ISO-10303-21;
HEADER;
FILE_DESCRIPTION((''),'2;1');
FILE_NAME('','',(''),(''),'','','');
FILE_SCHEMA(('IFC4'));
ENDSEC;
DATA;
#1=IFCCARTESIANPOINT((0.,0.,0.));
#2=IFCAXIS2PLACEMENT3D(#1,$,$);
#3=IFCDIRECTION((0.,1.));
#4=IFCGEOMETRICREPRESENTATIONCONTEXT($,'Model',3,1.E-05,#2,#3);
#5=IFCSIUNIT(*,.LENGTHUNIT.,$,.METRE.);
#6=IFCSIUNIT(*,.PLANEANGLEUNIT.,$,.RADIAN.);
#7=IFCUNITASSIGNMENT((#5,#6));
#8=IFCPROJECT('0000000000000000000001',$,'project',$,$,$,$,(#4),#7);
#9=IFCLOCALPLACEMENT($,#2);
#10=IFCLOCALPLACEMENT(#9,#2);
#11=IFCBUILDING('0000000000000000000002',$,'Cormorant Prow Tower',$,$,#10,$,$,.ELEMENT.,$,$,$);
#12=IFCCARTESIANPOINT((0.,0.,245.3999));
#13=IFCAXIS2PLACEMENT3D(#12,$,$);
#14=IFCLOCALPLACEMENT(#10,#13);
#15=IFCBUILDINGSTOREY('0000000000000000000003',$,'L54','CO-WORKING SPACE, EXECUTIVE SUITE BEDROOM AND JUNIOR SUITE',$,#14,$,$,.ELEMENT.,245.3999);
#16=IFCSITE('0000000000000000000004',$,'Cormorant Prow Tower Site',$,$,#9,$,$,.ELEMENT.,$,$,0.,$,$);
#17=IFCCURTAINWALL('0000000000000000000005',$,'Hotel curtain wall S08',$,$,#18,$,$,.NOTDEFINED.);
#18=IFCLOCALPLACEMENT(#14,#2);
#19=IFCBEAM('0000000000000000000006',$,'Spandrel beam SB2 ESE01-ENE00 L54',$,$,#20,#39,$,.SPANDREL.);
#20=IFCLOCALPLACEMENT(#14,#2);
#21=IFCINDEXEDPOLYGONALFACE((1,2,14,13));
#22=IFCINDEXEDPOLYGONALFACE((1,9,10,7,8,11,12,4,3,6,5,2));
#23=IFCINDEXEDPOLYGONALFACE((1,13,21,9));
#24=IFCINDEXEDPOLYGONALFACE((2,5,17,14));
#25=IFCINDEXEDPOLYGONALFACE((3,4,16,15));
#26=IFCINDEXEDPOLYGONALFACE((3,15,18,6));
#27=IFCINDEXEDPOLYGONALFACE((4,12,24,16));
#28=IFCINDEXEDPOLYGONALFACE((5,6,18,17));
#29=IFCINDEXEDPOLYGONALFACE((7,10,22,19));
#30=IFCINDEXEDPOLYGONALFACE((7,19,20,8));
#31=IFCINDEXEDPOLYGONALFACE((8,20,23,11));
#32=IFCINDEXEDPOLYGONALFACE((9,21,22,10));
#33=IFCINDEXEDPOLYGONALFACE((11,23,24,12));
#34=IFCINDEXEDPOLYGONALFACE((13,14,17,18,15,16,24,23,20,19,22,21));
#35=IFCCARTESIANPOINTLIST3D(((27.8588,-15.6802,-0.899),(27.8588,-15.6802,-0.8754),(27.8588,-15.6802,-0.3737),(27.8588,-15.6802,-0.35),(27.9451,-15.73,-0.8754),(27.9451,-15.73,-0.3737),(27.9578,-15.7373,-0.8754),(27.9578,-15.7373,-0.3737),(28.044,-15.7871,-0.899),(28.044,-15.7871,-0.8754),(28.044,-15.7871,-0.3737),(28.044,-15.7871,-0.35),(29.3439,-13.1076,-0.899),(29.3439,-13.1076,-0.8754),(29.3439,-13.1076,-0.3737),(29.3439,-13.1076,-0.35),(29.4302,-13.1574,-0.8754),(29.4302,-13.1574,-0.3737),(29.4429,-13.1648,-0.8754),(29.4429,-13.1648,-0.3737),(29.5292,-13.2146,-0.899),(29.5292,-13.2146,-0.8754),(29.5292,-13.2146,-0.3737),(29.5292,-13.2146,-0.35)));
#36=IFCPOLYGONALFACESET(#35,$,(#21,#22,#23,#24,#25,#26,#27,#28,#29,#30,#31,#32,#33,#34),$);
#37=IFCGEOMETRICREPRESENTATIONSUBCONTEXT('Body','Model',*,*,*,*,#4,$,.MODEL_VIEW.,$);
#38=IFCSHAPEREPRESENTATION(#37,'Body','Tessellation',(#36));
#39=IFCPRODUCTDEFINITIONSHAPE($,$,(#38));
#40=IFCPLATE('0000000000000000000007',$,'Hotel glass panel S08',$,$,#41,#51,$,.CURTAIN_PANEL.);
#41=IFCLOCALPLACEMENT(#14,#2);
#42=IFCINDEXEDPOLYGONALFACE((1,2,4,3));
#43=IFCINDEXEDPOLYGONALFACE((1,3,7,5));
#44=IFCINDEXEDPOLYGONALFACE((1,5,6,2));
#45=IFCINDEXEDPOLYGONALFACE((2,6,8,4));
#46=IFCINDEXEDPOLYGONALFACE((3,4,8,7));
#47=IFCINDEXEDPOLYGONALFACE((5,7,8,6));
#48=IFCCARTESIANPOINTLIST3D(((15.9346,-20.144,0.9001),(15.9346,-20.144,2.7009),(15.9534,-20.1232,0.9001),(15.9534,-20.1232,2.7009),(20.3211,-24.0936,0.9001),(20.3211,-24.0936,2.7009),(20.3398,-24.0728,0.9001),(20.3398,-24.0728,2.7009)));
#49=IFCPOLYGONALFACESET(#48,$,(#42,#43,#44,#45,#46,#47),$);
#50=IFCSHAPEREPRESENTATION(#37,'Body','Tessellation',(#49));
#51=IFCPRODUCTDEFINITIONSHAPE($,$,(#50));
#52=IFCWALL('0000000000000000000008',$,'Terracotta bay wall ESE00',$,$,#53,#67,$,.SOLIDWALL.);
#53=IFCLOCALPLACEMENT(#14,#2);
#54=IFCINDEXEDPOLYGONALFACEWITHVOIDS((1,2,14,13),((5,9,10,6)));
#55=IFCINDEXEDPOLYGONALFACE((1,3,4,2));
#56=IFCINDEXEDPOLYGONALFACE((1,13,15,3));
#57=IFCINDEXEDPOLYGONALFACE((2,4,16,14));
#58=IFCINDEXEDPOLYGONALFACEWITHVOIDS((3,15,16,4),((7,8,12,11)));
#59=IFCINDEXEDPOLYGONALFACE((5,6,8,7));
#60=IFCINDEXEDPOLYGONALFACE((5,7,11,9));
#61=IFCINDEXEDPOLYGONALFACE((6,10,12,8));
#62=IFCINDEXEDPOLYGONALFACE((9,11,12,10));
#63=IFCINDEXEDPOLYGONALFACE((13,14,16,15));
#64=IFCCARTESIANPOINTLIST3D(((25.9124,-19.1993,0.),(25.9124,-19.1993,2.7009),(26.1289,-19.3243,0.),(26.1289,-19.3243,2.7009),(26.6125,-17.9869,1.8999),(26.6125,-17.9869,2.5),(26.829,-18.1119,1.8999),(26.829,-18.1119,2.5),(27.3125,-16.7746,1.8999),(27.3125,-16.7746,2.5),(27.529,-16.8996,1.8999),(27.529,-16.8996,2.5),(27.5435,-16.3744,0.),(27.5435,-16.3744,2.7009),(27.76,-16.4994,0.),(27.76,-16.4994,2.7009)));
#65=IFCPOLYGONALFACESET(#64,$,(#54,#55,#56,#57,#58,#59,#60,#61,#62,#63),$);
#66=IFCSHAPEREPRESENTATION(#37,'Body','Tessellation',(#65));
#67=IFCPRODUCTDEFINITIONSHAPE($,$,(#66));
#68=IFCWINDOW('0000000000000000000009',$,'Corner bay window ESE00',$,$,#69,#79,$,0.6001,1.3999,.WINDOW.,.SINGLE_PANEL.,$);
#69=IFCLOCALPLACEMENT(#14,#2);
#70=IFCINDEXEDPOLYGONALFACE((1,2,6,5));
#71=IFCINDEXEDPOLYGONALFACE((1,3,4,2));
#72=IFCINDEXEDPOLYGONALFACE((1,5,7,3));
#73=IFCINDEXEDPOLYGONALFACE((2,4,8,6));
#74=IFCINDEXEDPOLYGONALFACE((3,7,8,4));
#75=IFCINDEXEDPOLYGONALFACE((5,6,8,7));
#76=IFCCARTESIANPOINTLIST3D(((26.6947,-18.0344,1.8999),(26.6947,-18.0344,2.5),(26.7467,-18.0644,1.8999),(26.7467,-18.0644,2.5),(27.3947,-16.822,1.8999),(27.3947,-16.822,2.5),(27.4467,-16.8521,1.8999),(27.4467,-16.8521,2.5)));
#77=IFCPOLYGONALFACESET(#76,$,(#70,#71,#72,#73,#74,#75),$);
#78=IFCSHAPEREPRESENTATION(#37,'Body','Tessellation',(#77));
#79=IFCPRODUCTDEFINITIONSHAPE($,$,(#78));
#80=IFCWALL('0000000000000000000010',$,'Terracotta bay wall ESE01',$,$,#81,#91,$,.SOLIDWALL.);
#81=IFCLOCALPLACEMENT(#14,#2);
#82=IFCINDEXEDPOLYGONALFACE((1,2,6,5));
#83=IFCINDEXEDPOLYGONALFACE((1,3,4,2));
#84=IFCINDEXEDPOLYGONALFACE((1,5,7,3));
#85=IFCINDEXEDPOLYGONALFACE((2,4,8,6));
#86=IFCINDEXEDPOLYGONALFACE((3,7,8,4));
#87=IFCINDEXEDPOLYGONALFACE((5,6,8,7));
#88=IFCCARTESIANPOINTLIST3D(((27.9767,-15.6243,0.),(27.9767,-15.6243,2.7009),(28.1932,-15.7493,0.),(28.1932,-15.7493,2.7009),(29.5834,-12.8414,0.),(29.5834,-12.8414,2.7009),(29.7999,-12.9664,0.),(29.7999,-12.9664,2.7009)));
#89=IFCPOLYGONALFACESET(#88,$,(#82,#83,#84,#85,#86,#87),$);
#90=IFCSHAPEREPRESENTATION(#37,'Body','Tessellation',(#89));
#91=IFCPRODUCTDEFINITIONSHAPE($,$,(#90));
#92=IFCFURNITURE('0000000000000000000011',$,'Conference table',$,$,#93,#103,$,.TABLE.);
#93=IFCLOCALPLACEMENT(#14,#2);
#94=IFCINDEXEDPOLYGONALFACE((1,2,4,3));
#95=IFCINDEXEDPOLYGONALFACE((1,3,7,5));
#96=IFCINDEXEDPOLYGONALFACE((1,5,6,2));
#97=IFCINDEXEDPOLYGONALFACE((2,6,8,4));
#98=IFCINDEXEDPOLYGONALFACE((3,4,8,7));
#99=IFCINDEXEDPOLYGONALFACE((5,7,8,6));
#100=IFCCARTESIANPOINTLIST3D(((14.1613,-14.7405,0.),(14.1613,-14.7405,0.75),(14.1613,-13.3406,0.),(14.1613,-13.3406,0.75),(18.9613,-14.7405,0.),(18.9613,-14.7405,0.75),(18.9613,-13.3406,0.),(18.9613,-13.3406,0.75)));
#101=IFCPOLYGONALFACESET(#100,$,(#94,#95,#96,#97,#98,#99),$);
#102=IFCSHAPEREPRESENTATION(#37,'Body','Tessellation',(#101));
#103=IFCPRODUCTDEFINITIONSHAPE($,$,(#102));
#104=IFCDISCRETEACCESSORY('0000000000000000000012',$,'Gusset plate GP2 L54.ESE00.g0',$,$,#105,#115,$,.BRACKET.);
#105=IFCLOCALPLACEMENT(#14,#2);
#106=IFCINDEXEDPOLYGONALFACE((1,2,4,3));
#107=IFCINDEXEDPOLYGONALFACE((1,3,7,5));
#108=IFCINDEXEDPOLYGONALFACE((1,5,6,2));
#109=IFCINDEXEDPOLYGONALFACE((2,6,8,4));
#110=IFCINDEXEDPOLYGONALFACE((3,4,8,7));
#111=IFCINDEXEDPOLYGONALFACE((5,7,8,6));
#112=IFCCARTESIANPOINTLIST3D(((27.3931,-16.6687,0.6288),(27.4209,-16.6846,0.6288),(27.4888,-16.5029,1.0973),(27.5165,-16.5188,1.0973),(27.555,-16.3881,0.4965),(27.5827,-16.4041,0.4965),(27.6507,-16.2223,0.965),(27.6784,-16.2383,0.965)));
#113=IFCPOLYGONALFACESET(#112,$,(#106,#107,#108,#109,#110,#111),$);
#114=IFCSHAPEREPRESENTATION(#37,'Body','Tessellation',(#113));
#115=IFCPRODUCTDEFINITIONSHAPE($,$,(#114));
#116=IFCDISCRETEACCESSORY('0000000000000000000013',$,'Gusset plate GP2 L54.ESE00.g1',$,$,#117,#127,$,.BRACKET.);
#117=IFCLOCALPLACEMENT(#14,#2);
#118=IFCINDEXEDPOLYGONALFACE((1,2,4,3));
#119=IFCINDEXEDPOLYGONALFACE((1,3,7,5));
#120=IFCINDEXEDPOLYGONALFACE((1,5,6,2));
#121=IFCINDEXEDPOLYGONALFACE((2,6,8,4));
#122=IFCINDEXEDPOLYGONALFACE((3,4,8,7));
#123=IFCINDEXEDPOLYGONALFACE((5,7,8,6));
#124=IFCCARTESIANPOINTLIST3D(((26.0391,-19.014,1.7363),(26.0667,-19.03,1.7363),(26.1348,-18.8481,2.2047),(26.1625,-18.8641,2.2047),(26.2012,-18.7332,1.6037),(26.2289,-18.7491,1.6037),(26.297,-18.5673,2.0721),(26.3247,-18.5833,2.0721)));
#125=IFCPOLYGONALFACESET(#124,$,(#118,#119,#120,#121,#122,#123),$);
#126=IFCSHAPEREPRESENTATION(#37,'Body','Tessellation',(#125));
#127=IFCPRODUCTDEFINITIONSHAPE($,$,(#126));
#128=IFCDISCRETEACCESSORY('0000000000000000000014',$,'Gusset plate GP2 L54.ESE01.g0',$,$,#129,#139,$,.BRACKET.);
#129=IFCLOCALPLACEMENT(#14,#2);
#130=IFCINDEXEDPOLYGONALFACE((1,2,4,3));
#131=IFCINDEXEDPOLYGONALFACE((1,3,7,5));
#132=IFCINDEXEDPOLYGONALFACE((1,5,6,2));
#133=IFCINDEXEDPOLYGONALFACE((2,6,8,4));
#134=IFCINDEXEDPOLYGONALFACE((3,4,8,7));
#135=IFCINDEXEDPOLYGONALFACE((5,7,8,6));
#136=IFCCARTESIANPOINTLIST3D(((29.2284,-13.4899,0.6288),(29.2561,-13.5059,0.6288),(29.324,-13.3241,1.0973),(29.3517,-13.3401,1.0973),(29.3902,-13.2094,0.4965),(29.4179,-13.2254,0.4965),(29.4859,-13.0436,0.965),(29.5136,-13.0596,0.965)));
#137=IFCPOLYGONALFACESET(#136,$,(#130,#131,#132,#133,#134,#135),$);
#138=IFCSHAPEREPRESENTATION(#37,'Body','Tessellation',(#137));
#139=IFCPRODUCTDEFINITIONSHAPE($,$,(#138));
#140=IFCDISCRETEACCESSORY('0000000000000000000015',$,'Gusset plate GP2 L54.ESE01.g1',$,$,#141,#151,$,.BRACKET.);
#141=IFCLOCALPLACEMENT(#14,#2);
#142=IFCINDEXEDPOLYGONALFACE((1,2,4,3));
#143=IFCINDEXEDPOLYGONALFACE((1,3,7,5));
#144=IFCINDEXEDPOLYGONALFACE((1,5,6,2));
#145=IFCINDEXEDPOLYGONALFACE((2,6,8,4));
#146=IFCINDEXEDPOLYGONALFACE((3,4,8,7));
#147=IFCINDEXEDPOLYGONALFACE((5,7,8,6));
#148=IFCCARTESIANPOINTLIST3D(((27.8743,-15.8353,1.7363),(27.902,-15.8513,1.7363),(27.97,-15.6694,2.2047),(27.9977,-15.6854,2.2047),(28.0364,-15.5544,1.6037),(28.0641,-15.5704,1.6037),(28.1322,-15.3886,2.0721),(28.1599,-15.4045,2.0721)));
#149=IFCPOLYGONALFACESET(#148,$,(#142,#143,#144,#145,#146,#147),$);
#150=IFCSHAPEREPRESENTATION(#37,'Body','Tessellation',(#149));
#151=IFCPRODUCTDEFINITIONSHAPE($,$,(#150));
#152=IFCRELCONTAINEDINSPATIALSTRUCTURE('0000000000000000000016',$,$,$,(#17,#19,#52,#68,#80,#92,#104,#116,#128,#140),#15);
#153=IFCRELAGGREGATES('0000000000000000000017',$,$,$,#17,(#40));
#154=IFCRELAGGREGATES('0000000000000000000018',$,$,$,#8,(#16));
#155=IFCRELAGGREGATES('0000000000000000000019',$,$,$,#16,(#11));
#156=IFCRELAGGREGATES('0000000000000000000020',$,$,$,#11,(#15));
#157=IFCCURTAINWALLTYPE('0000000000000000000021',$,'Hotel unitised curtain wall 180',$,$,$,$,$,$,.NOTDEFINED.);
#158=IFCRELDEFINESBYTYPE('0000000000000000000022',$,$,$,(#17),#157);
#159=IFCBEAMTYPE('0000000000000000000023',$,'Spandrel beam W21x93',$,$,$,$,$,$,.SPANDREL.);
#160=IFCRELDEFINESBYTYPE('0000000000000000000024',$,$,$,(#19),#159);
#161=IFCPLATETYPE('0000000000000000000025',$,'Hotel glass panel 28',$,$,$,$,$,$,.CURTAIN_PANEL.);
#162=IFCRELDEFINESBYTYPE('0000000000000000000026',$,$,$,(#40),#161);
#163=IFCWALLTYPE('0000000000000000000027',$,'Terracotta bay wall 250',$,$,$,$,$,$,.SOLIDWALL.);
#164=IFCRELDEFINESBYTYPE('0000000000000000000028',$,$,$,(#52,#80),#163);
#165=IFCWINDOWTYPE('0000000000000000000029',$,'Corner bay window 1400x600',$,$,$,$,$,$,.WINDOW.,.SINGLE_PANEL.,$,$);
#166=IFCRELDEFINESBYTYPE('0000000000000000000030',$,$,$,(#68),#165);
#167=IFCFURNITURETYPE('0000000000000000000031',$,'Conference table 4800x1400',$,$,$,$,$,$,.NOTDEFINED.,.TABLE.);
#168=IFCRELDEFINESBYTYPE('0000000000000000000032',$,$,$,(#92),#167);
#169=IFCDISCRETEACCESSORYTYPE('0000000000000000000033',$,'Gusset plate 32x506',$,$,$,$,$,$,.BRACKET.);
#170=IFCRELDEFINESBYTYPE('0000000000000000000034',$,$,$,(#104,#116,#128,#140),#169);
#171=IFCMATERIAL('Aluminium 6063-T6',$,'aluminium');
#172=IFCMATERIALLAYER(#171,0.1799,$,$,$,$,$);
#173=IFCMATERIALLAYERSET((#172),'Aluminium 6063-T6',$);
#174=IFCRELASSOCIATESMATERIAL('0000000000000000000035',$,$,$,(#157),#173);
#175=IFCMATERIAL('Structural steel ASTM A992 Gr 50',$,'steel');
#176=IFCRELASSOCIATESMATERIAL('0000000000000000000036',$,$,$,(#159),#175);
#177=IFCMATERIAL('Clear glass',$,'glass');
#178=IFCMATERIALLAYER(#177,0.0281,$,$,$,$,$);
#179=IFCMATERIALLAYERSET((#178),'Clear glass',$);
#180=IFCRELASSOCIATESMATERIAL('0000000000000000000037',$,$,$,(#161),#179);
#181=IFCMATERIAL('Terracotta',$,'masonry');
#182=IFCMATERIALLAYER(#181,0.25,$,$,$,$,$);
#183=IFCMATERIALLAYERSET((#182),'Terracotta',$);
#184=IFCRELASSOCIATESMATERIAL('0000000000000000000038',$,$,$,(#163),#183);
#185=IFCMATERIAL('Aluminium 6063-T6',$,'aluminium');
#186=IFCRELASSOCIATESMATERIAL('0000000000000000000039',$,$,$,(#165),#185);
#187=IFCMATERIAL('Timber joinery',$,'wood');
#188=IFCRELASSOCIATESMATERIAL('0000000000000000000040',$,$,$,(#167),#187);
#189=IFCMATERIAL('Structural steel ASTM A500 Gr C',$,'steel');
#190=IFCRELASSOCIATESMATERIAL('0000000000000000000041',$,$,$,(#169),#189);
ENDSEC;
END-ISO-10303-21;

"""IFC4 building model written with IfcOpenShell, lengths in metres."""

from ifc_helpers import new_model, si_unit, direction, frame, frame_2d, origin, origin_2d, place, context, subcontext, project, spatial, rectangle, i_section, extrude, material, layer, layer_set, material_profile, profile_set, type_object, element, fill, aggregate, save


model = new_model("IFC4")

# Units and contexts
model_context = context("Model", 3, precision=1e-05, world=origin(), true_north=direction((0.0, 1.0)))
body_context = subcontext(model_context, "Body", "Model", "MODEL_VIEW")
ifc_project = project(units=[si_unit("LENGTHUNIT", "METRE"), si_unit("PLANEANGLEUNIT", "RADIAN")], contexts=[model_context])

# Site, building, storey
site_placement = place(None, origin())
site = spatial("IfcSite", under=ifc_project, at=site_placement, Name="Cormorant Prow Tower Site", CompositionType="ELEMENT", RefElevation=0.0)
building_placement = place(site_placement, origin())
building = spatial("IfcBuilding", under=site, at=building_placement, Name="Cormorant Prow Tower", CompositionType="ELEMENT")
storey_placement = place(building_placement, frame((0.0, 0.0, 245.3999)))
storey = spatial("IfcBuildingStorey", under=building, at=storey_placement, Name="L54", Description="CO-WORKING SPACE, EXECUTIVE SUITE BEDROOM AND JUNIOR SUITE", CompositionType="ELEMENT", Elevation=245.3999)

# Curtain wall
ifc_material_1 = material(Name="Aluminium 6063-T6", Category="aluminium")
ifc_layer_1 = layer(ifc_material_1, 0.1799)
ifc_layer_set_1 = layer_set([ifc_layer_1], Name="Aluminium 6063-T6")
curtain_wall_type = type_object("IfcCurtainWallType", Name="Hotel unitised curtain wall 180", PredefinedType="NOTDEFINED", material=ifc_layer_set_1)
curtain_wall_placement = place(storey_placement, origin())
curtain_wall = element("IfcCurtainWall", 1, at=curtain_wall_placement, inside=storey, type_object=curtain_wall_type, Name="Hotel curtain wall S08", PredefinedType="NOTDEFINED")

# Beam
ifc_material_2 = material(Name="Structural steel ASTM A992 Gr 50", Category="steel")
ifc_material_profile_1 = material_profile(ifc_material_2, i_section(OverallWidth=0.2139, OverallDepth=0.5491, WebThickness=0.0146, FlangeThickness=0.0237, at=origin_2d()), Name="W21x93")
ifc_profile_set_1 = profile_set([ifc_material_profile_1], Name="Structural steel ASTM A992 Gr 50")
beam_type = type_object("IfcBeamType", Name="Spandrel beam W21x93", PredefinedType="SPANDREL", material=ifc_profile_set_1)
for number, where, z_axis, x_axis, name in (
    (2, (27.9514, -15.7336, -0.6245), (0.499967, 0.866045, 0.0), (-0.866045, 0.499967, 0.0), "Spandrel beam SB2 ESE01-ENE00 L54"),
):
    element("IfcBeam", number, at=place(storey_placement, frame(where, z_axis=z_axis, x_axis=x_axis)), inside=storey, type_object=beam_type, Name=name, PredefinedType="SPANDREL", context=body_context, shape_type="SweptSolid", body=[
        extrude(i_section(OverallWidth=0.2139, OverallDepth=0.5491, WebThickness=0.0146, FlangeThickness=0.0237, at=origin_2d()), origin(), (0.0, 0.0, 1.0), 2.9705),
    ])

# Plate
ifc_material_3 = material(Name="Clear glass", Category="glass")
ifc_layer_2 = layer(ifc_material_3, 0.0281)
ifc_layer_set_2 = layer_set([ifc_layer_2], Name="Clear glass")
plate_type = type_object("IfcPlateType", Name="Hotel glass panel 28", PredefinedType="CURTAIN_PANEL", material=ifc_layer_set_2)
plate_placement = place(storey_placement, frame((18.1372, -22.1084, 0.9001), z_axis=(0.0, 0.0, 1.0), x_axis=(0.743145, -0.669131, 0.0)))
plate = element("IfcPlate", 3, at=plate_placement, type_object=plate_type, Name="Hotel glass panel S08", PredefinedType="CURTAIN_PANEL", context=body_context, shape_type="SweptSolid", body=[
    extrude(rectangle(XDim=5.9026, YDim=0.0281, at=origin_2d()), origin(), (0.0, 0.0, 1.0), 1.8008),
])
aggregate(curtain_wall, [plate])

# Wall, opening, window
ifc_material_4 = material(Name="Terracotta", Category="masonry")
ifc_layer_3 = layer(ifc_material_4, 0.25)
ifc_layer_set_3 = layer_set([ifc_layer_3], Name="Terracotta")
wall_type_1 = type_object("IfcWallType", Name="Terracotta bay wall 250", PredefinedType="SOLIDWALL", material=ifc_layer_set_3)
wall_1_placement = place(storey_placement, frame((26.0208, -19.2617, 0.0), z_axis=(0.0, 0.0, 1.0), x_axis=(0.500027, 0.86601, 0.0)))
wall_1 = element("IfcWall", 4, at=wall_1_placement, inside=storey, type_object=wall_type_1, Name="Terracotta bay wall ESE00", PredefinedType="SOLIDWALL", context=body_context, shape_type="SweptSolid", body=[
    extrude(rectangle(XDim=3.262, YDim=0.25, at=frame_2d((1.6309, 0.0))), origin(), (0.0, 0.0, 1.0), 2.7009),
])
opening_1_placement = place(wall_1_placement, frame((1.3999, 0.0, 1.8999)))
opening_1 = element("IfcOpeningElement", 5, at=opening_1_placement, cuts=wall_1, PredefinedType="OPENING", context=body_context, shape_type="SweptSolid", body=[
    extrude(rectangle(XDim=1.3999, YDim=0.6001, at=frame_2d((0.7, 0.3))), frame((0.0, 0.135, 0.0), z_axis=(0.0, -1.0, 0.0), x_axis=(1.0, 0.0, 0.0)), (0.0, 0.0, 1.0), 0.27),
])
ifc_material_5 = material(Name="Aluminium 6063-T6", Category="aluminium")
window_type = type_object("IfcWindowType", Name="Corner bay window 1400x600", PartitioningType="SINGLE_PANEL", PredefinedType="WINDOW", material=ifc_material_5)
window_placement = place(opening_1_placement, origin())
window = element("IfcWindow", 6, at=window_placement, inside=storey, type_object=window_type, Name="Corner bay window ESE00", OverallHeight=0.6001, OverallWidth=1.3999, PartitioningType="SINGLE_PANEL", PredefinedType="WINDOW", context=body_context, shape_type="SweptSolid", body=[
    extrude(rectangle(XDim=1.3999, YDim=0.6001, at=frame_2d((0.7, 0.3))), frame((0.0, 0.03, 0.0), z_axis=(0.0, -1.0, 0.0), x_axis=(1.0, 0.0, 0.0)), (0.0, 0.0, 1.0), 0.0601),
])
fill(opening_1, window)

# Wall
wall_2_placement = place(storey_placement, frame((28.085, -15.6868, 0.0), z_axis=(0.0, 0.0, 1.0), x_axis=(0.499988, 0.866033, 0.0)))
element("IfcWall", 7, at=wall_2_placement, inside=storey, type_object=wall_type_1, Name="Terracotta bay wall ESE01", PredefinedType="SOLIDWALL", context=body_context, shape_type="SweptSolid", body=[
    extrude(rectangle(XDim=3.2134, YDim=0.25, at=frame_2d((1.6067, 0.0))), origin(), (0.0, 0.0, 1.0), 2.7009),
])

# Furniture
ifc_material_6 = material(Name="Timber joinery", Category="wood")
furniture_type = type_object("IfcFurnitureType", Name="Conference table 4800x1400", AssemblyPlace="NOTDEFINED", PredefinedType="TABLE", material=ifc_material_6)
furniture_placement = place(storey_placement, frame((16.5613, -14.0405, 0.0), z_axis=(0.0, 0.0, 1.0), x_axis=(1.0, 0.0, 0.0)))
element("IfcFurniture", 8, at=furniture_placement, inside=storey, type_object=furniture_type, Name="Conference table", PredefinedType="TABLE", context=body_context, shape_type="SweptSolid", body=[
    extrude(rectangle(XDim=4.8, YDim=1.3999, at=origin_2d()), origin(), (0.0, 0.0, 1.0), 0.75),
])

# Discrete accessories
ifc_material_7 = material(Name="Structural steel ASTM A500 Gr C", Category="steel")
ifc_material_profile_2 = material_profile(ifc_material_7, rectangle(XDim=0.032, YDim=0.5061, at=origin_2d()), Name="Gusset plate 32x506")
ifc_profile_set_2 = profile_set([ifc_material_profile_2], Name="Structural steel ASTM A500 Gr C")
discrete_accessory_type = type_object("IfcDiscreteAccessoryType", Name="Gusset plate 32x506", PredefinedType="BRACKET", material=ifc_profile_set_2)
discrete_accessory_1_placement = place(storey_placement, frame((27.4548, -16.5938, 0.863), z_axis=(0.462661, 0.801806, -0.378223), x_axis=(-0.866148, 0.499788, 0.0)))
element("IfcDiscreteAccessory", 9, at=discrete_accessory_1_placement, inside=storey, type_object=discrete_accessory_type, Name="Gusset plate GP2 L54.ESE00.g0", PredefinedType="BRACKET", context=body_context, shape_type="SweptSolid", body=[
    extrude(rectangle(XDim=0.032, YDim=0.5061, at=origin_2d()), origin(), (0.0, 0.0, 1.0), 0.3499),
])
discrete_accessory_2_placement = place(storey_placement, frame((26.2629, -18.6582, 1.8379), z_axis=(-0.462828, -0.801584, 0.378487), x_axis=(0.86601, -0.500027, 0.0)))
element("IfcDiscreteAccessory", 10, at=discrete_accessory_2_placement, inside=storey, type_object=discrete_accessory_type, Name="Gusset plate GP2 L54.ESE00.g1", PredefinedType="BRACKET", context=body_context, shape_type="SweptSolid", body=[
    extrude(rectangle(XDim=0.032, YDim=0.5061, at=origin_2d()), origin(), (0.0, 0.0, 1.0), 0.3503),
])
discrete_accessory_3_placement = place(storey_placement, frame((29.29, -13.415, 0.863), z_axis=(0.462661, 0.801806, -0.378223), x_axis=(-0.866148, 0.499788, 0.0)))
element("IfcDiscreteAccessory", 11, at=discrete_accessory_3_placement, inside=storey, type_object=discrete_accessory_type, Name="Gusset plate GP2 L54.ESE01.g0", PredefinedType="BRACKET", context=body_context, shape_type="SweptSolid", body=[
    extrude(rectangle(XDim=0.032, YDim=0.5061, at=origin_2d()), origin(), (0.0, 0.0, 1.0), 0.3499),
])
discrete_accessory_4_placement = place(storey_placement, frame((28.0981, -15.4795, 1.8379), z_axis=(-0.462828, -0.801584, 0.378487), x_axis=(0.86601, -0.500027, 0.0)))
element("IfcDiscreteAccessory", 12, at=discrete_accessory_4_placement, inside=storey, type_object=discrete_accessory_type, Name="Gusset plate GP2 L54.ESE01.g1", PredefinedType="BRACKET", context=body_context, shape_type="SweptSolid", body=[
    extrude(rectangle(XDim=0.032, YDim=0.5061, at=origin_2d()), origin(), (0.0, 0.0, 1.0), 0.3503),
])

save(model, "model.ifc")
